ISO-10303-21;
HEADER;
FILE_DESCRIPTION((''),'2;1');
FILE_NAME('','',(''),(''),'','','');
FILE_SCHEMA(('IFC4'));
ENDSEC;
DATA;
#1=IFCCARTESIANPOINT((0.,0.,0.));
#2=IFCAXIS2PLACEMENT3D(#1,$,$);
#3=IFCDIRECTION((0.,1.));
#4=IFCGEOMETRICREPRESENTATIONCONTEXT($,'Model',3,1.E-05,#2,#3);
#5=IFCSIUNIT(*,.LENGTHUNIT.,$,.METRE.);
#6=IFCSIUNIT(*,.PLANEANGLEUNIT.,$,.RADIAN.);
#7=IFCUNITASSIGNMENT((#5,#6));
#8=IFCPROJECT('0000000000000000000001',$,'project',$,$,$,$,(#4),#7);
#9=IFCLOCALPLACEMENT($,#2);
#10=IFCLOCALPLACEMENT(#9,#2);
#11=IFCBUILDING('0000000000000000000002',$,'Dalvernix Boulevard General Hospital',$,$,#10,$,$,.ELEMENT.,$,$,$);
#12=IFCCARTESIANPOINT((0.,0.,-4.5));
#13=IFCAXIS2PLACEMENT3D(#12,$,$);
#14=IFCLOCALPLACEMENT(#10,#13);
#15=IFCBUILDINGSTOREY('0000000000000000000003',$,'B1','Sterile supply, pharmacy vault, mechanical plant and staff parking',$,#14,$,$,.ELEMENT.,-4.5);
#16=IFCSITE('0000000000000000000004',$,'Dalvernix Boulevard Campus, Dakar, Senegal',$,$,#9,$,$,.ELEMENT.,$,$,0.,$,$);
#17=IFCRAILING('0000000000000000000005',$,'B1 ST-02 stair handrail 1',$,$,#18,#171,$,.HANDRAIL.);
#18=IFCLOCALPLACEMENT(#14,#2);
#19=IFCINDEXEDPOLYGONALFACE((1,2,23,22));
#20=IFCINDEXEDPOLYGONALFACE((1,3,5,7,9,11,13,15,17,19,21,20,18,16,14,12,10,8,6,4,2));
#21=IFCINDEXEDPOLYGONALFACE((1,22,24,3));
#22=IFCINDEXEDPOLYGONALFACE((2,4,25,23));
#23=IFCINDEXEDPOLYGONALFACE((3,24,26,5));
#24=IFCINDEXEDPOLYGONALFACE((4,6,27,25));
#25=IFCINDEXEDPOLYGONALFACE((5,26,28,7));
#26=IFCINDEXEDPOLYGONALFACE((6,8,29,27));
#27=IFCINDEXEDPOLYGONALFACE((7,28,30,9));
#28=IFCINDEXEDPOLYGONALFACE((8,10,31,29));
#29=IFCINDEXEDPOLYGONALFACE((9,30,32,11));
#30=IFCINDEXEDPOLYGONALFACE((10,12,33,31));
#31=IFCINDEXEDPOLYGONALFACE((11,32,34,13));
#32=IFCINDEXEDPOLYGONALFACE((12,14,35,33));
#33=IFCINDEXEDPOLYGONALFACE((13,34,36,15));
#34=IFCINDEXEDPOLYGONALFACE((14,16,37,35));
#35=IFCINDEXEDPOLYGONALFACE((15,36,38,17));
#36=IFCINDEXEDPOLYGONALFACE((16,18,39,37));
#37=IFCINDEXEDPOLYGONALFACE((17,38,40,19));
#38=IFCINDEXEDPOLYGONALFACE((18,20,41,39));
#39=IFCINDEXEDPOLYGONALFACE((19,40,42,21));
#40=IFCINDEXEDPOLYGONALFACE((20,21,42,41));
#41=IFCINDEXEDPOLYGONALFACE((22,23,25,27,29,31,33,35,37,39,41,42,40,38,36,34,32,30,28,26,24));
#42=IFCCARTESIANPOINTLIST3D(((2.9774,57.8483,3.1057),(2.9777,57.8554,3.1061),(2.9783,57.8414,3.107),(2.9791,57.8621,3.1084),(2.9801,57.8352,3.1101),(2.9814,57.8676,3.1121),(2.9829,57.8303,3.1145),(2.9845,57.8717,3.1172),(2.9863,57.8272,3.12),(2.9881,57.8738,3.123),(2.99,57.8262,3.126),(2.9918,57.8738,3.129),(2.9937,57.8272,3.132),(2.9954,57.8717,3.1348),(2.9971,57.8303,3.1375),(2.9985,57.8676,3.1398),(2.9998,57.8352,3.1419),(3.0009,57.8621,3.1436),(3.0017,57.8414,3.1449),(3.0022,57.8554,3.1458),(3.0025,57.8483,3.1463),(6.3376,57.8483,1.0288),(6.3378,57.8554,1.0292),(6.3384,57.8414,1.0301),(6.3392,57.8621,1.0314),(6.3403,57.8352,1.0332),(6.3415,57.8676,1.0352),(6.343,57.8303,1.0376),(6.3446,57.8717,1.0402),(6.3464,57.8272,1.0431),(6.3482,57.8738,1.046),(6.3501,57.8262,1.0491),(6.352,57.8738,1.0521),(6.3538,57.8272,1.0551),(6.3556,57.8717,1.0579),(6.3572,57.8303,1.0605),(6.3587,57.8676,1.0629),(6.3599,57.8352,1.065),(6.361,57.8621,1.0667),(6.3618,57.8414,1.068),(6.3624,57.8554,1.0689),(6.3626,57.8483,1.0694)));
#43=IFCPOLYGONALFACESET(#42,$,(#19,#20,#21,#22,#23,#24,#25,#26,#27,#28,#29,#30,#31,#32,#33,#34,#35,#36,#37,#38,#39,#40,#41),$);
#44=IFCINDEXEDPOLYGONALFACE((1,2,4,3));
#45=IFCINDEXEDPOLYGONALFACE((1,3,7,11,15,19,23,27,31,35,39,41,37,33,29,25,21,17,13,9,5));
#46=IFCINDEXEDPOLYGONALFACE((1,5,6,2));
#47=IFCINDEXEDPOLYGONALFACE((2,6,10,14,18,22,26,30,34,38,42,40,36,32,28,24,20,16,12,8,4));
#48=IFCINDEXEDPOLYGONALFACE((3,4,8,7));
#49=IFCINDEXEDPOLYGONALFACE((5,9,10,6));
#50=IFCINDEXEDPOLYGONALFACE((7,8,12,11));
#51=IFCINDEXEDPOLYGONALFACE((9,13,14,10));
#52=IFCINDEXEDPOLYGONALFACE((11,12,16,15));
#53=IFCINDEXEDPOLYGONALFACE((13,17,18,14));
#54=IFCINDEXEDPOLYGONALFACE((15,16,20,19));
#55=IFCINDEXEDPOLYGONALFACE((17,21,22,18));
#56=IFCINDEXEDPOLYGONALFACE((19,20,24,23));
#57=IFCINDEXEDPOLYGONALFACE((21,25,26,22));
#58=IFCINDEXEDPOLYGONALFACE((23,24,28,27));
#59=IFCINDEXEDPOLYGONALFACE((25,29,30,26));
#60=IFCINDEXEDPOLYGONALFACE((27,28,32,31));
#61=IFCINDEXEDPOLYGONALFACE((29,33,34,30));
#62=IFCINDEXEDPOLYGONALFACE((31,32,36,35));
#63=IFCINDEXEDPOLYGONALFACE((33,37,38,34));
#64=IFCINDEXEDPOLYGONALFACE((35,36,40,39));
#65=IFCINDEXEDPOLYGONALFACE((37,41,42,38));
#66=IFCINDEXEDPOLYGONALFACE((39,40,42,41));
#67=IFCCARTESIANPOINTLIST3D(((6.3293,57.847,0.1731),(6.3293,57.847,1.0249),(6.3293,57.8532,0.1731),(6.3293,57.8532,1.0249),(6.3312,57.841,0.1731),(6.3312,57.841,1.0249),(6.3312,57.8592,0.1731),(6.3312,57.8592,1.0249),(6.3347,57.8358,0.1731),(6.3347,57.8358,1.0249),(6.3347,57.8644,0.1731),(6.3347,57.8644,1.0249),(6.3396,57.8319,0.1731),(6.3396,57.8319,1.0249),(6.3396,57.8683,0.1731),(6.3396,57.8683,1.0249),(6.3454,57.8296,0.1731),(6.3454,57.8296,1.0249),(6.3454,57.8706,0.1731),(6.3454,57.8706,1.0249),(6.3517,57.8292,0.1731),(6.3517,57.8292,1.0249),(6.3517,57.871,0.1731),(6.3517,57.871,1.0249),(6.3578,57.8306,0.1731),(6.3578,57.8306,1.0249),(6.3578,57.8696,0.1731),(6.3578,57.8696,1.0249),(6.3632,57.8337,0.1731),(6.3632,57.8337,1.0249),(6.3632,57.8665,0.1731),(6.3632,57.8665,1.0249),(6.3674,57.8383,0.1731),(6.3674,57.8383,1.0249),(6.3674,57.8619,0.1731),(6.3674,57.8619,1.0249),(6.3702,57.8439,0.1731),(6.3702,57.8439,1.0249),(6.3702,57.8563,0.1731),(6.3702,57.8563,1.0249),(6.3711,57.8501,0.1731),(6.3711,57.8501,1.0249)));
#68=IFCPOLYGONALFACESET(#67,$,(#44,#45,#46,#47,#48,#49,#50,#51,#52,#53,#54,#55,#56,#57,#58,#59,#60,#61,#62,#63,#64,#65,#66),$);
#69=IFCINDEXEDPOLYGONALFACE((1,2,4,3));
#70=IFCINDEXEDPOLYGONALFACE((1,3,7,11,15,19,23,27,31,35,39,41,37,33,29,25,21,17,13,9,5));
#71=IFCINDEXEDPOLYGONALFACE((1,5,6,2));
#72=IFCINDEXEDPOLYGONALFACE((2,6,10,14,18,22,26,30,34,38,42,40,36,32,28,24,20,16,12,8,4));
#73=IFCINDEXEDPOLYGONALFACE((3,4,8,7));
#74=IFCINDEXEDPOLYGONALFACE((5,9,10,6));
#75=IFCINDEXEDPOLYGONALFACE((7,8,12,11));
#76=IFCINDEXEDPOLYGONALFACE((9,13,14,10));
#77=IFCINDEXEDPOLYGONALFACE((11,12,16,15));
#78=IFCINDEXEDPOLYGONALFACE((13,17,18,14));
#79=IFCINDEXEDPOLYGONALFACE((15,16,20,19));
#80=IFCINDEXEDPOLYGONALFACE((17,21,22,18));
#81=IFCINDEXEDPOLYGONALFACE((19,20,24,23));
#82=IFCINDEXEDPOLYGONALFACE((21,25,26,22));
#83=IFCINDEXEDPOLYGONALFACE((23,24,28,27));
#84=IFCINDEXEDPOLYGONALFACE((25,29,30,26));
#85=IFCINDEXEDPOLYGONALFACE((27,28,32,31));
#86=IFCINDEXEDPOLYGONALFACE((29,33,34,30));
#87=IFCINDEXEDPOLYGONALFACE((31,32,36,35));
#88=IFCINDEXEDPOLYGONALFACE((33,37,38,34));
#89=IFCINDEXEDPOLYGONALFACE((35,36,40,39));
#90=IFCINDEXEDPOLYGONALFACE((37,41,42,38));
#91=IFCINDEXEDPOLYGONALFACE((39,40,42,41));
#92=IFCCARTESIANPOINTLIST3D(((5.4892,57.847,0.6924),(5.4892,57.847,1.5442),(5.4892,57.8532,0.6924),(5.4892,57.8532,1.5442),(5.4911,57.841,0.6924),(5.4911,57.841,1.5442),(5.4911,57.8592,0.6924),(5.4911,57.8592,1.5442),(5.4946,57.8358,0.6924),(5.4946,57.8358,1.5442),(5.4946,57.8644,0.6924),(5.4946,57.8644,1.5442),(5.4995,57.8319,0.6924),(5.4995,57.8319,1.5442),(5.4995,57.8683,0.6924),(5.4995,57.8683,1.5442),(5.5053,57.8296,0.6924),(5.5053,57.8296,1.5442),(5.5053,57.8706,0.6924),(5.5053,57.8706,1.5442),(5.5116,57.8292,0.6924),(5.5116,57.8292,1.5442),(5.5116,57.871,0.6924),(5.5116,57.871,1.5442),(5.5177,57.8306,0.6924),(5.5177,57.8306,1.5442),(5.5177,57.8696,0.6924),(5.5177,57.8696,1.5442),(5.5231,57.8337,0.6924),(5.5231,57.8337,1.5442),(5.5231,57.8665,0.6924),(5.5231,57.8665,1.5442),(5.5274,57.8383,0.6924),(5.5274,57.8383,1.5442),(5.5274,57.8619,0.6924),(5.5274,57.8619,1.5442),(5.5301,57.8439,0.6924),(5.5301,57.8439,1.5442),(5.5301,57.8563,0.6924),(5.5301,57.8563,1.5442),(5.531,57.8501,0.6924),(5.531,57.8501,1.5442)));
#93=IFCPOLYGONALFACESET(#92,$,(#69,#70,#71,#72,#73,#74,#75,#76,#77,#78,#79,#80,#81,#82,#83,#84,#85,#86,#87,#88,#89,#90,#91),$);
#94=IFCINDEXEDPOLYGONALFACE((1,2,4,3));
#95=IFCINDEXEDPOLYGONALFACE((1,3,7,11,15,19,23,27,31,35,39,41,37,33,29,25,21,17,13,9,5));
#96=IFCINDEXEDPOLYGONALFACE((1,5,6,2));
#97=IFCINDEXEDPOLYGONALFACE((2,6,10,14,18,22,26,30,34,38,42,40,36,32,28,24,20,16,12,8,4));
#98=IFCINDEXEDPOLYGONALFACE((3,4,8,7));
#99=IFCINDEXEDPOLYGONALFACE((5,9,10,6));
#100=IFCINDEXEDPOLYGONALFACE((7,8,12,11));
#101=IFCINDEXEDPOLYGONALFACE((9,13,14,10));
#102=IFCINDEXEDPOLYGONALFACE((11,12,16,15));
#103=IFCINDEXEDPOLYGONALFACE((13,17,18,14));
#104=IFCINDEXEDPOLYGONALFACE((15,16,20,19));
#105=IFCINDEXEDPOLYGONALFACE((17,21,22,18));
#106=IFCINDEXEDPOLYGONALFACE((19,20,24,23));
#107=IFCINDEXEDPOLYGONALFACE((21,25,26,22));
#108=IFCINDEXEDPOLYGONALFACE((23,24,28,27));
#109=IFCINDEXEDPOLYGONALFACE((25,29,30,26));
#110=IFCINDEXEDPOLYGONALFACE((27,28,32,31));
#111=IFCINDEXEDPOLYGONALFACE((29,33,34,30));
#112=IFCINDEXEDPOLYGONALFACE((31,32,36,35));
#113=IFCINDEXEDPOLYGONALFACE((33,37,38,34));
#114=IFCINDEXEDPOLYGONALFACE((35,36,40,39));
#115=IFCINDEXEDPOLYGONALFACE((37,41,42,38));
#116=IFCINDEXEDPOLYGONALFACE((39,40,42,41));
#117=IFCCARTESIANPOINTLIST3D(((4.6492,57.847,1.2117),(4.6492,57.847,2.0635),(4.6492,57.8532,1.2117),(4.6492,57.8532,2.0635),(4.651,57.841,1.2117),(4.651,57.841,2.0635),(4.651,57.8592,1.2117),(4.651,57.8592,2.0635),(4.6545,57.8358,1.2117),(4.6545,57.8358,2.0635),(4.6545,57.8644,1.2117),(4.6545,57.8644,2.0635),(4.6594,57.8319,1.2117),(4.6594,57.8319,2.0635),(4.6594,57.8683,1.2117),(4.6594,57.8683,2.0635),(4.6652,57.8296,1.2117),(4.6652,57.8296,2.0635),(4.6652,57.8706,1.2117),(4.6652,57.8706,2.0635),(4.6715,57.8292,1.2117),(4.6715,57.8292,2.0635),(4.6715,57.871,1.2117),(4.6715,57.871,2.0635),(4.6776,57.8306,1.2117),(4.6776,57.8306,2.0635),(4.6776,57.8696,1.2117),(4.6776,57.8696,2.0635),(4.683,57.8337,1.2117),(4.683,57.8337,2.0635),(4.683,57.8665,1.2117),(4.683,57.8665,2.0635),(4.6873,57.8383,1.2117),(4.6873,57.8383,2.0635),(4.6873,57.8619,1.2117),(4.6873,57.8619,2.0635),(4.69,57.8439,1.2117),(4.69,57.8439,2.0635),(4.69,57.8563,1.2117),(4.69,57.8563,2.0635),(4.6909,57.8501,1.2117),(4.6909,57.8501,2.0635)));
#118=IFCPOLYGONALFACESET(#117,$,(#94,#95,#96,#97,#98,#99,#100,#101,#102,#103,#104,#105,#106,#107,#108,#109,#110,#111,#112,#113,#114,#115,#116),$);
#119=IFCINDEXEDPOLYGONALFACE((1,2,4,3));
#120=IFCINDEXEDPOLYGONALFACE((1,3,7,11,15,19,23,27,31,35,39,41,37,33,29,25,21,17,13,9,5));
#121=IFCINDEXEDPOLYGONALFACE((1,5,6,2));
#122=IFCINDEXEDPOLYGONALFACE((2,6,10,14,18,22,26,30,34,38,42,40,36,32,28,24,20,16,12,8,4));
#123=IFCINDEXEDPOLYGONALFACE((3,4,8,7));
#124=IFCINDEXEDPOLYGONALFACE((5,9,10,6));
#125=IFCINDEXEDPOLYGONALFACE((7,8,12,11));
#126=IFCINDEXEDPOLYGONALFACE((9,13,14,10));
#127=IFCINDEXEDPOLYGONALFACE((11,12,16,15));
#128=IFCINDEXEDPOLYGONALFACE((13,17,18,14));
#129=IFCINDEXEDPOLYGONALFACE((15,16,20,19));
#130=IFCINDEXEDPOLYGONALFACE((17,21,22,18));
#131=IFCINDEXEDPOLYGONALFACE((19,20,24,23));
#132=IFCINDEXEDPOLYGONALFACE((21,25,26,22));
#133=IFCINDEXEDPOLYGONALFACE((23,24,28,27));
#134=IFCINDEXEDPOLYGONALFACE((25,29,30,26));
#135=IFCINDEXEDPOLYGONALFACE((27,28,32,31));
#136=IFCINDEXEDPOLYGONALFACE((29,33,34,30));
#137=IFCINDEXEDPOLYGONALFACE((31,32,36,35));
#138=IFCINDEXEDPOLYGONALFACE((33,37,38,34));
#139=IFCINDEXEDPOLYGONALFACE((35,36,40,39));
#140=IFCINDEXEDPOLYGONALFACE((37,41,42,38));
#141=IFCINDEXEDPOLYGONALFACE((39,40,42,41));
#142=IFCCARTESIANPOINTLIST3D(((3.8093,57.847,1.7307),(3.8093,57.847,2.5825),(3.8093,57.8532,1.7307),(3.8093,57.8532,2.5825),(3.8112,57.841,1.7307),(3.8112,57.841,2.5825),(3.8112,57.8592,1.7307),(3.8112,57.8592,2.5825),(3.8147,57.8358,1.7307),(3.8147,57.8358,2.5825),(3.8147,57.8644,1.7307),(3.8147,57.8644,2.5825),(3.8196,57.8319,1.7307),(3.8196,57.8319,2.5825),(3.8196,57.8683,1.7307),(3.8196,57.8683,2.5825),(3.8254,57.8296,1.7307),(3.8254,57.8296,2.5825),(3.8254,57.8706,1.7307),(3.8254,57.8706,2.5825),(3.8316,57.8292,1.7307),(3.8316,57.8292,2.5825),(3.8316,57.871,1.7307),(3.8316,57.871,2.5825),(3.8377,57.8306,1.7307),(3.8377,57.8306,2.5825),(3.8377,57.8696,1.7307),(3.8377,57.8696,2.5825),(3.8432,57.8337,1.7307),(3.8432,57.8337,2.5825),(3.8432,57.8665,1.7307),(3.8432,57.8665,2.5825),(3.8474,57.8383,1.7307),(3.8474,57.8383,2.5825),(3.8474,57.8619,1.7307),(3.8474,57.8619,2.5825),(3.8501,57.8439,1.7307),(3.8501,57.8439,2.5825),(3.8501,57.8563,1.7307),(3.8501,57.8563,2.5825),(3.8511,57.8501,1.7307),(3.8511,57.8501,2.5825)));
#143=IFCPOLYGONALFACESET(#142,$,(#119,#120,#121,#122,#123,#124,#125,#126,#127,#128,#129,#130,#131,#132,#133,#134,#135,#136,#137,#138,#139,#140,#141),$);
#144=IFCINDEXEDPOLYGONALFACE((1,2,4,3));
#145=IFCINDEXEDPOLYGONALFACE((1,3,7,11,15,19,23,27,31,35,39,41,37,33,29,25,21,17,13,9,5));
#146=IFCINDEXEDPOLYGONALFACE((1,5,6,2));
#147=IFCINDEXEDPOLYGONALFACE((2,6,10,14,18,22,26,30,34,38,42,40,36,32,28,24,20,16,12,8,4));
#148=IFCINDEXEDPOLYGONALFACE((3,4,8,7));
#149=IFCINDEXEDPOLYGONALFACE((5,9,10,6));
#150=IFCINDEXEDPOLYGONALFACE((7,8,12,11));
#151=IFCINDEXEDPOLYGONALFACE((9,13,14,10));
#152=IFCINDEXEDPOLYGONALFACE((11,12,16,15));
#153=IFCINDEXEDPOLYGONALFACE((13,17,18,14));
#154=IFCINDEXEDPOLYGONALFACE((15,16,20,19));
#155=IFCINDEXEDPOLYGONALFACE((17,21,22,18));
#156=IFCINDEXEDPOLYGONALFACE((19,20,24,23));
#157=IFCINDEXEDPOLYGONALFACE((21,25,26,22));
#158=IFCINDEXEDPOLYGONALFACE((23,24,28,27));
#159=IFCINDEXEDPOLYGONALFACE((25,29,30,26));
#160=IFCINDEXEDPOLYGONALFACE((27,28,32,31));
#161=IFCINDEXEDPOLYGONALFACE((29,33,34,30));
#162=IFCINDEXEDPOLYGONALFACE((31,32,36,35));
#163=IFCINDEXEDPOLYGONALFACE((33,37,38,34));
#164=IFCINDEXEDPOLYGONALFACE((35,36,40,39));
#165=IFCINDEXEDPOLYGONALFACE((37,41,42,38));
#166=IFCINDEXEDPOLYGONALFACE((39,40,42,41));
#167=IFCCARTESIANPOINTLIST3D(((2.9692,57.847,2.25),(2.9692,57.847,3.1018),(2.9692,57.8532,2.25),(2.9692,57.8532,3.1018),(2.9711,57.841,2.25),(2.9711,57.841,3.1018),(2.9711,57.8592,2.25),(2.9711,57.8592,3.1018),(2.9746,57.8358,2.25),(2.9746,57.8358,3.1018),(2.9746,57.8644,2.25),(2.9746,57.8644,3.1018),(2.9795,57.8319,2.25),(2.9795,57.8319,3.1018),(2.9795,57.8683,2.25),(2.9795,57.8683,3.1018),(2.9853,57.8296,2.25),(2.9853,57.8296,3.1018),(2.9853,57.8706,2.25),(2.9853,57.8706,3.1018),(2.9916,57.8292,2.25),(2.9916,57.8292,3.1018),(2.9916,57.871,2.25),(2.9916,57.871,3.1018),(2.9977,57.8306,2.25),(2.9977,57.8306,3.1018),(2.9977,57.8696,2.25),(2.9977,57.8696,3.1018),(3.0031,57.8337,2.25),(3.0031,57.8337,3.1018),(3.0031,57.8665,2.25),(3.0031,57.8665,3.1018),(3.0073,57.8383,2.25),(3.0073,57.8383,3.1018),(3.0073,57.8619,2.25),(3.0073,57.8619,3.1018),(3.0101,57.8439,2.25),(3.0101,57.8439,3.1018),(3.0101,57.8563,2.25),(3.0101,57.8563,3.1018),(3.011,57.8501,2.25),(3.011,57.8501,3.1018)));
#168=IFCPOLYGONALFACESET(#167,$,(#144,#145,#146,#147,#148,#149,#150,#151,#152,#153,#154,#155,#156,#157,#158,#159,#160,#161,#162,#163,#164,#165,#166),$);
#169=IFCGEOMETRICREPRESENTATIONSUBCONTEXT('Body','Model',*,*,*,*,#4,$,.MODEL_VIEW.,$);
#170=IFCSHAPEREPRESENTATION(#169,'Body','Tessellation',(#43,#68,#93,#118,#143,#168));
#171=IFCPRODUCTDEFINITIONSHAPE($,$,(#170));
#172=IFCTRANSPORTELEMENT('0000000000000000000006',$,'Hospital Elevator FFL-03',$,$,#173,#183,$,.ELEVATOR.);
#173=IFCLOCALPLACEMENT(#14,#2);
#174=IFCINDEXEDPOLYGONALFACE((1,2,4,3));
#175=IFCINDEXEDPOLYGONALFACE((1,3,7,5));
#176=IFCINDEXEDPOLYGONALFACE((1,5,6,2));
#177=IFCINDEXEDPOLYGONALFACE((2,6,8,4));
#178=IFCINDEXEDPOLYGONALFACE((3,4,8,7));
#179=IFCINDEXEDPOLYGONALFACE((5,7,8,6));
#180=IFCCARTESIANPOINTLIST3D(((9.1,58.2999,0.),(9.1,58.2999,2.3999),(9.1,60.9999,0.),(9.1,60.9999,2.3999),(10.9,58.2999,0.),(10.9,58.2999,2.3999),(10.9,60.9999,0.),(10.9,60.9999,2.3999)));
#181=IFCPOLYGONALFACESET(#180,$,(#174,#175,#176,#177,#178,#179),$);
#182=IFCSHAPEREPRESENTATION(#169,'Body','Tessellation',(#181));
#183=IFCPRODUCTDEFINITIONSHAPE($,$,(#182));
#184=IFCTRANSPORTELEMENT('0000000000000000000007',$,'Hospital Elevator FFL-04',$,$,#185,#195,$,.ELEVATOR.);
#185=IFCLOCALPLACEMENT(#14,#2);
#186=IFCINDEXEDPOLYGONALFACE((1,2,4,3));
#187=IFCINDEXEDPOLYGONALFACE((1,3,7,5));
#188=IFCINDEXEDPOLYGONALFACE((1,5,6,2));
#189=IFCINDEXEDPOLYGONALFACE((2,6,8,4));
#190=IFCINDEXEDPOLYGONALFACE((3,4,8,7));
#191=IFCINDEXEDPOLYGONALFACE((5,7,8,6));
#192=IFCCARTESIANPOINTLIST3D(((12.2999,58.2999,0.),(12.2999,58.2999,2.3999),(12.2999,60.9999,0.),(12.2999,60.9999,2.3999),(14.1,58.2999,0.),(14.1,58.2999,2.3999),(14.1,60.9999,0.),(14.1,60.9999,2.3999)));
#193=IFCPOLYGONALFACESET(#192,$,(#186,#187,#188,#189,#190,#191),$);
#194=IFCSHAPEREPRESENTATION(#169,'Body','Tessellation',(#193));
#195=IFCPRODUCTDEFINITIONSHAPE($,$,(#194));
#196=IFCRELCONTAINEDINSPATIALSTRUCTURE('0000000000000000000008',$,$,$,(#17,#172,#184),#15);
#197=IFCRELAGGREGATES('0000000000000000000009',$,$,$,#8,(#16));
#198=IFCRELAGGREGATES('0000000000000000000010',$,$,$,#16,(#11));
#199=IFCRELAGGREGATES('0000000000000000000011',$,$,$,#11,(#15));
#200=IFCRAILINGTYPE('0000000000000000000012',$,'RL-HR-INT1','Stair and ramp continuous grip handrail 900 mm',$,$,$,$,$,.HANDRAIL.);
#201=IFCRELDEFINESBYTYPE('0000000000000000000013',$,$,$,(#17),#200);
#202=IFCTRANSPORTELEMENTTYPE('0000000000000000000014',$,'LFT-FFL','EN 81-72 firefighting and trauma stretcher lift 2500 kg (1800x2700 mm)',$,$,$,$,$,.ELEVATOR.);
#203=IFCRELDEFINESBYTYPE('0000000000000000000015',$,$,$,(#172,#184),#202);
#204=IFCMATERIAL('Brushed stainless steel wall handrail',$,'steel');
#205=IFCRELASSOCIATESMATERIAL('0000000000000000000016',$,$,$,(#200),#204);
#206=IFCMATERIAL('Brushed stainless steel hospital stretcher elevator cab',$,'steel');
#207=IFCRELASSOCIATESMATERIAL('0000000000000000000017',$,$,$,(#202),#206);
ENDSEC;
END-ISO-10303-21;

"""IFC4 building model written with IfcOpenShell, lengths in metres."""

from ifc_helpers import new_model, si_unit, direction, frame, origin, origin_2d, place, context, subcontext, project, spatial, rectangle, circle, extrude, material, type_object, element, save


model = new_model("IFC4")

# Units and contexts
model_context = context("Model", 3, precision=1e-05, world=origin(), true_north=direction((0.0, 1.0)))
body_context = subcontext(model_context, "Body", "Model", "MODEL_VIEW")
ifc_project = project(units=[si_unit("LENGTHUNIT", "METRE"), si_unit("PLANEANGLEUNIT", "RADIAN")], contexts=[model_context])

# Site, building, storey
site_placement = place(None, origin())
site = spatial("IfcSite", under=ifc_project, at=site_placement, Name="Dalvernix Boulevard Campus, Dakar, Senegal", CompositionType="ELEMENT", RefElevation=0.0)
building_placement = place(site_placement, origin())
building = spatial("IfcBuilding", under=site, at=building_placement, Name="Dalvernix Boulevard General Hospital", CompositionType="ELEMENT")
storey_placement = place(building_placement, frame((0.0, 0.0, -4.5)))
storey = spatial("IfcBuildingStorey", under=building, at=storey_placement, Name="B1", Description="Sterile supply, pharmacy vault, mechanical plant and staff parking", CompositionType="ELEMENT", Elevation=-4.5)

# Railing
ifc_material_1 = material(Name="Brushed stainless steel wall handrail", Category="steel")
railing_type_1 = type_object("IfcRailingType", Name="RL-HR-INT1", Description="Stair and ramp continuous grip handrail 900 mm", PredefinedType="HANDRAIL", material=ifc_material_1)
railing_1_placement = place(storey_placement, frame((6.3501, 57.8501, 0.1731)))
element("IfcRailing", 1, at=railing_1_placement, inside=storey, type_object=railing_type_1, Name="B1 ST-02 stair handrail 1", PredefinedType="HANDRAIL", context=body_context, shape_type="SweptSolid", body=[
    extrude(circle(Radius=0.0239, at=origin_2d()), frame((0.0, 0.0, 0.876), z_axis=(-0.850623, 0.0, 0.525776), x_axis=(0.0, -1.0, 0.0)), (0.0, 0.0, 1.0), 3.9502),
    extrude(circle(Radius=0.021, at=origin_2d()), origin(), (0.0, 0.0, 1.0), 0.8518),
    extrude(circle(Radius=0.021, at=origin_2d()), frame((-0.8401, 0.0, 0.5193)), (0.0, 0.0, 1.0), 0.8518),
    extrude(circle(Radius=0.021, at=origin_2d()), frame((-1.6802, 0.0, 1.0386)), (0.0, 0.0, 1.0), 0.8518),
    extrude(circle(Radius=0.021, at=origin_2d()), frame((-2.52, 0.0, 1.5576)), (0.0, 0.0, 1.0), 0.8518),
    extrude(circle(Radius=0.021, at=origin_2d()), frame((-3.3601, 0.0, 2.0769)), (0.0, 0.0, 1.0), 0.8518),
])

# Transport elements
ifc_material_2 = material(Name="Brushed stainless steel hospital stretcher elevator cab", Category="steel")
transport_element_type = type_object("IfcTransportElementType", Name="LFT-FFL", Description="EN 81-72 firefighting and trauma stretcher lift 2500 kg (1800x2700 mm)", PredefinedType="ELEVATOR", material=ifc_material_2)
for number, where, z_axis, x_axis, name in (
    (2, (10.0, 59.6499, 0.0), (0.0, 0.0, 1.0), (1.0, 0.0, 0.0), "Hospital Elevator FFL-03"),
    (3, (13.2, 59.6499, 0.0), (0.0, 0.0, 1.0), (1.0, 0.0, 0.0), "Hospital Elevator FFL-04"),
):
    element("IfcTransportElement", number, at=place(storey_placement, frame(where, z_axis=z_axis, x_axis=x_axis)), inside=storey, type_object=transport_element_type, Name=name, PredefinedType="ELEVATOR", context=body_context, shape_type="SweptSolid", body=[
        extrude(rectangle(XDim=1.8, YDim=2.7, at=origin_2d()), origin(), (0.0, 0.0, 1.0), 2.3999),
    ])

save(model, "model.ifc")
